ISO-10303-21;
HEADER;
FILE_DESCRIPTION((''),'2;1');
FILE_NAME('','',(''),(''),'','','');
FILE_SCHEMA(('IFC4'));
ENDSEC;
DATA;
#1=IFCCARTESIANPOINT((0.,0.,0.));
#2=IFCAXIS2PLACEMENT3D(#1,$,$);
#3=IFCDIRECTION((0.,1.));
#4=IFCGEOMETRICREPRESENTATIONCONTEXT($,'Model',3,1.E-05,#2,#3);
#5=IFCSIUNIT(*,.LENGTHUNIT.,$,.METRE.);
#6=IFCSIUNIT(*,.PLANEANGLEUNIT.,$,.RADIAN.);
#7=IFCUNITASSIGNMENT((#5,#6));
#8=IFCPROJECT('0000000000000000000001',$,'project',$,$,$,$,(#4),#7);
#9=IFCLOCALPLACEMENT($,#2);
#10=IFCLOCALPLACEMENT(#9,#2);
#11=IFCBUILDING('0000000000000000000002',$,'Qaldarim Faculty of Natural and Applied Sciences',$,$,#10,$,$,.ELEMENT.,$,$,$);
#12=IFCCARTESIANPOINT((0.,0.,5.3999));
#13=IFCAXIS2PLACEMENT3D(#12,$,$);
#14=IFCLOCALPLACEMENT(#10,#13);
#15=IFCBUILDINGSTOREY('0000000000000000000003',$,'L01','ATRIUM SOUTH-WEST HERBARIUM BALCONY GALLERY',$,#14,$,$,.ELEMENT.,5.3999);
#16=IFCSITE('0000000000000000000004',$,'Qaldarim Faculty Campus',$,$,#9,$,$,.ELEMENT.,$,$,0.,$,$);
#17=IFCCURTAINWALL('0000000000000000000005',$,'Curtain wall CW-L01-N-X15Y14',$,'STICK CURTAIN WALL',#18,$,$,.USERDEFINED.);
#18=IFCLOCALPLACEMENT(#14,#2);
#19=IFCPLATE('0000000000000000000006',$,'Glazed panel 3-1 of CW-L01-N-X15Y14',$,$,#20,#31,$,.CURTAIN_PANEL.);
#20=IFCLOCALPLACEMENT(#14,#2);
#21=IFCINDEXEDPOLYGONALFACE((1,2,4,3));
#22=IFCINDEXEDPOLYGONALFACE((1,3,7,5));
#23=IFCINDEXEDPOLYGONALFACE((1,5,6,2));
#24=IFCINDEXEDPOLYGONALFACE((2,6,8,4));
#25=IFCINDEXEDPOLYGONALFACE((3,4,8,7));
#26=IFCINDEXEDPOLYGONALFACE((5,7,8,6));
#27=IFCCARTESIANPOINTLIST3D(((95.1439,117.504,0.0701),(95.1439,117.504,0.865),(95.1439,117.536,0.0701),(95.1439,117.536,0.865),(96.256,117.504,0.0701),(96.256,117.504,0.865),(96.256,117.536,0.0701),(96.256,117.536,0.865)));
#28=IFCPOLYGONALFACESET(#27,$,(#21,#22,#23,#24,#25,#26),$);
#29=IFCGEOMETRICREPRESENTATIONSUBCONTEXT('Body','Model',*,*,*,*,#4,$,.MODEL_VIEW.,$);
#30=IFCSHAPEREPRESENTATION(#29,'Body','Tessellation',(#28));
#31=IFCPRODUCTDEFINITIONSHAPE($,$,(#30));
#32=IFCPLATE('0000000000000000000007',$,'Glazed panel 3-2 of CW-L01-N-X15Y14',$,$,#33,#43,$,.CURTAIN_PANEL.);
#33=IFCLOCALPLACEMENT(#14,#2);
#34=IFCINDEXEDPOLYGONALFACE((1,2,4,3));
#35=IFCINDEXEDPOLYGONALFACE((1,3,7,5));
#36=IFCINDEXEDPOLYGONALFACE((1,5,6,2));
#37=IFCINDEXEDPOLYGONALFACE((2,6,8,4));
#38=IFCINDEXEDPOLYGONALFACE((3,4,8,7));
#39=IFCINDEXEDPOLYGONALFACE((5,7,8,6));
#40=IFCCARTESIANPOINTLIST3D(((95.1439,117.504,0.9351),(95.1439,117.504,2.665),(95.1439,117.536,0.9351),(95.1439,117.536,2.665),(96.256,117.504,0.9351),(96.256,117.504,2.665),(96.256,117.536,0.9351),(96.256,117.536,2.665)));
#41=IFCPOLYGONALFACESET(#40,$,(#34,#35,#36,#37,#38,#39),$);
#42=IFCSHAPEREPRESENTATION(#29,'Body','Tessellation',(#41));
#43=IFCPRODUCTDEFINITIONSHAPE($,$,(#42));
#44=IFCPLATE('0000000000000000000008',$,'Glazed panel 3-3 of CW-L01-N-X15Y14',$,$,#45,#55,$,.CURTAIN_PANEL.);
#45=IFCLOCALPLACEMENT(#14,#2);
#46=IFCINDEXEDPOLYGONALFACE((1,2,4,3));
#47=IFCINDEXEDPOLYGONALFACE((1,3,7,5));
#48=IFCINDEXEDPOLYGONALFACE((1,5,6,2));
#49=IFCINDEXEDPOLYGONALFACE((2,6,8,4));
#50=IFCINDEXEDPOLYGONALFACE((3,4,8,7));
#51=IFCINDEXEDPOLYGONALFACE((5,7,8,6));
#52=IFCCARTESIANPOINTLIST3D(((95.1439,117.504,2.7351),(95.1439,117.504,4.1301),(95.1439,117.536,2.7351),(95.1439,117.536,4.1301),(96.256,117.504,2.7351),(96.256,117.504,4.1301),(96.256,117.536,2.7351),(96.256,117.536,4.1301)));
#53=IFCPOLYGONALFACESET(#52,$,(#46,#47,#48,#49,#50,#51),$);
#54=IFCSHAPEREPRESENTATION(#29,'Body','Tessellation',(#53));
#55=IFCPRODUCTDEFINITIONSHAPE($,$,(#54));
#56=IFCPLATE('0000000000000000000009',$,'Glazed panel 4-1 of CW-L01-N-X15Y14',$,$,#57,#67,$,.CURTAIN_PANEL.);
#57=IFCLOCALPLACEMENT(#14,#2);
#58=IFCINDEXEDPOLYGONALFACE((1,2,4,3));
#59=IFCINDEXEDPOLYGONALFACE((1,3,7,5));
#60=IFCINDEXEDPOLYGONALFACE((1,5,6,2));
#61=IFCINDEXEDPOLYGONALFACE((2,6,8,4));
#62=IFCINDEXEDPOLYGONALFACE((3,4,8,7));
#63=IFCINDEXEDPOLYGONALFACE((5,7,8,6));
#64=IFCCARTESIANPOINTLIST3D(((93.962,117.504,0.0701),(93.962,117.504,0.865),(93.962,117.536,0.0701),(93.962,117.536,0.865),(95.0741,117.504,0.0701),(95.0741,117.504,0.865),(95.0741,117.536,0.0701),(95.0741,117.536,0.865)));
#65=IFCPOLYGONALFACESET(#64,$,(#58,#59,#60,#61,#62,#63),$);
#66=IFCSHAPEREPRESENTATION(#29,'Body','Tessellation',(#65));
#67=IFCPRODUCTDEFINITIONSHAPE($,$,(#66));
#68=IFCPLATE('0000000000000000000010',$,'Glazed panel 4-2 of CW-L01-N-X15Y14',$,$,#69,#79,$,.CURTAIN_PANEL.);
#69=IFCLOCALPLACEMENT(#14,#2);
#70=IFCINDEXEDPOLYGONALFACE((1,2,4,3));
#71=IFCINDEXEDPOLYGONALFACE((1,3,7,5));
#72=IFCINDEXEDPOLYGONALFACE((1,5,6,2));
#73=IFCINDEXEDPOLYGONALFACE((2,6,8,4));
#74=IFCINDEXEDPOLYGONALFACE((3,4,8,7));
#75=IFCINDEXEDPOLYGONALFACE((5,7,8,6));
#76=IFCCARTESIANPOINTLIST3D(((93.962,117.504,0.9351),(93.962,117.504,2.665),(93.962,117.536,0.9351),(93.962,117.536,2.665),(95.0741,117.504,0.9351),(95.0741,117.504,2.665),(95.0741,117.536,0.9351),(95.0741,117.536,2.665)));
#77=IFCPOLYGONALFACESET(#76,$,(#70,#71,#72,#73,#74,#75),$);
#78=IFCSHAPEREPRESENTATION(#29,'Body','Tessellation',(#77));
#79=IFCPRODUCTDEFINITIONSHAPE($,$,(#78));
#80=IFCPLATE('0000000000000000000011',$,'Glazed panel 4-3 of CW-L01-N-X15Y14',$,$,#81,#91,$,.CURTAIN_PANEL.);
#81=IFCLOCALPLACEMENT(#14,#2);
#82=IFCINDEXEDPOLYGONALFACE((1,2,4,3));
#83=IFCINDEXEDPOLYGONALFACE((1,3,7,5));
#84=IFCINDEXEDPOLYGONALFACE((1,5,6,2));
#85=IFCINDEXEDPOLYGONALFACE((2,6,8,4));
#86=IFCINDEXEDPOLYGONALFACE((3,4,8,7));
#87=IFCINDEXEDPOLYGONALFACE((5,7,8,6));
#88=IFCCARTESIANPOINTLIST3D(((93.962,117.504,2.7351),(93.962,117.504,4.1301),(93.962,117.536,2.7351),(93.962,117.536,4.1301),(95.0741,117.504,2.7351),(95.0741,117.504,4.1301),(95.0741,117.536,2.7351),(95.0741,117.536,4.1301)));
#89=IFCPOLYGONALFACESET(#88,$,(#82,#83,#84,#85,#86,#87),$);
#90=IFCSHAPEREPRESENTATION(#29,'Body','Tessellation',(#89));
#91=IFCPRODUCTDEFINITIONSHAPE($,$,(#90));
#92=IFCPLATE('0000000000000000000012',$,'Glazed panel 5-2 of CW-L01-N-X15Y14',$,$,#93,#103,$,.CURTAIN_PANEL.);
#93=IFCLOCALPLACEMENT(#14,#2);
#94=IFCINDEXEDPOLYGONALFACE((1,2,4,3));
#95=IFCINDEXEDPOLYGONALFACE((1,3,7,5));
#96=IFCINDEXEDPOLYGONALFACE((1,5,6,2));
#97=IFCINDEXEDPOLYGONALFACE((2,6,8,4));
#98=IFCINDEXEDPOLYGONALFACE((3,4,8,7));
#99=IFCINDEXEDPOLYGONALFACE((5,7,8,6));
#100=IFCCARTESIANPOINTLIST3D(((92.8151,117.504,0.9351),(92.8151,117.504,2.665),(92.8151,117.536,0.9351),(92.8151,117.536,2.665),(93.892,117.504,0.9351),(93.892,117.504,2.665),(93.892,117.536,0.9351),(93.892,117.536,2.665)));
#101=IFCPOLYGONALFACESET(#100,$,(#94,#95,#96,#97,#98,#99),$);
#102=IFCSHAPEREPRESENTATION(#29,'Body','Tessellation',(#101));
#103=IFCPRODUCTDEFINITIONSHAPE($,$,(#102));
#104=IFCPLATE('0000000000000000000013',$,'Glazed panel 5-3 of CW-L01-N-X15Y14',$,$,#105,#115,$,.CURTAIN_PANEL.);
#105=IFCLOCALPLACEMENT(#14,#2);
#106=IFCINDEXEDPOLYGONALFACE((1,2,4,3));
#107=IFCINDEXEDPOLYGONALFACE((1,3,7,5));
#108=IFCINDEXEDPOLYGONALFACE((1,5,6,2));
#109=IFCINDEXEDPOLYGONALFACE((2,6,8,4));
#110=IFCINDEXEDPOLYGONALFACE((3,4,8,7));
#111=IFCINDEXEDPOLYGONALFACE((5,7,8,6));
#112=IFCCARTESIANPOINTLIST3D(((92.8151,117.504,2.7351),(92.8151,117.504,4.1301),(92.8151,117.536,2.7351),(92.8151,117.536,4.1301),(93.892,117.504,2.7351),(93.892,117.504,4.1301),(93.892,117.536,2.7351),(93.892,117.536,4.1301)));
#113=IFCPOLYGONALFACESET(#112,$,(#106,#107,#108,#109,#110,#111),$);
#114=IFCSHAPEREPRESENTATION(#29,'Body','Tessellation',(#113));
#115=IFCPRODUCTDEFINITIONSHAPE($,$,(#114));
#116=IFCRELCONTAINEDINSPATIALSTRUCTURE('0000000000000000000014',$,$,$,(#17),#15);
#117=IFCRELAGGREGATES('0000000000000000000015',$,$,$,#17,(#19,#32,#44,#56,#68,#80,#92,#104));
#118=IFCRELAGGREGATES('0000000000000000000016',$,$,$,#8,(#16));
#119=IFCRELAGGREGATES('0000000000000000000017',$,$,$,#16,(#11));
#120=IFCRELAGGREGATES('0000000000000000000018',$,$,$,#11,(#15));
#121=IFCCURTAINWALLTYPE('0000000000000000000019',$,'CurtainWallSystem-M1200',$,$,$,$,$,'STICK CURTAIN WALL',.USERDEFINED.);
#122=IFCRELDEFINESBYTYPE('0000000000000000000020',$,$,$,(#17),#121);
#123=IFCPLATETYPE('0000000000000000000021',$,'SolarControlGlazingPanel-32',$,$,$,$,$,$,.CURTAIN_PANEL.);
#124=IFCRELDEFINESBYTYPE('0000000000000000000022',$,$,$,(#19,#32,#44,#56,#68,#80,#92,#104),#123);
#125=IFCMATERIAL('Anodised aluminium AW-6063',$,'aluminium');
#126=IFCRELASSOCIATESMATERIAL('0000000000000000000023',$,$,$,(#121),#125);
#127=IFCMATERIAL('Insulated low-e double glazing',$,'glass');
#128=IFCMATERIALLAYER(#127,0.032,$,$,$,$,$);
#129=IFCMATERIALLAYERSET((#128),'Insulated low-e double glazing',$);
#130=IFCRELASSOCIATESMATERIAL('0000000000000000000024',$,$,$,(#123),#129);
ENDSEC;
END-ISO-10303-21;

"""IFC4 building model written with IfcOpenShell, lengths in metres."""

from ifc_helpers import new_model, si_unit, direction, frame, origin, origin_2d, place, context, subcontext, project, spatial, rectangle, extrude, material, layer, layer_set, type_object, element, aggregate, save


model = new_model("IFC4")

# Units and contexts
model_context = context("Model", 3, precision=1e-05, world=origin(), true_north=direction((0.0, 1.0)))
body_context = subcontext(model_context, "Body", "Model", "MODEL_VIEW")
ifc_project = project(units=[si_unit("LENGTHUNIT", "METRE"), si_unit("PLANEANGLEUNIT", "RADIAN")], contexts=[model_context])

# Site, building, storey
site_placement = place(None, origin())
site = spatial("IfcSite", under=ifc_project, at=site_placement, Name="Qaldarim Faculty Campus", CompositionType="ELEMENT", RefElevation=0.0)
building_placement = place(site_placement, origin())
building = spatial("IfcBuilding", under=site, at=building_placement, Name="Qaldarim Faculty of Natural and Applied Sciences", CompositionType="ELEMENT")
storey_placement = place(building_placement, frame((0.0, 0.0, 5.3999)))
storey = spatial("IfcBuildingStorey", under=building, at=storey_placement, Name="L01", Description="ATRIUM SOUTH-WEST HERBARIUM BALCONY GALLERY", CompositionType="ELEMENT", Elevation=5.3999)

# Curtain wall, plates
ifc_material_1 = material(Name="Anodised aluminium AW-6063", Category="aluminium")
curtain_wall_type = type_object("IfcCurtainWallType", Name="CurtainWallSystem-M1200", ElementType="STICK CURTAIN WALL", PredefinedType="USERDEFINED", material=ifc_material_1)
curtain_wall_placement = place(storey_placement, origin())
curtain_wall = element("IfcCurtainWall", 1, at=curtain_wall_placement, inside=storey, type_object=curtain_wall_type, Name="Curtain wall CW-L01-N-X15Y14", ObjectType="STICK CURTAIN WALL", PredefinedType="USERDEFINED")
ifc_material_2 = material(Name="Insulated low-e double glazing", Category="glass")
ifc_layer = layer(ifc_material_2, 0.032)
ifc_layer_set = layer_set([ifc_layer], Name="Insulated low-e double glazing")
plate_type = type_object("IfcPlateType", Name="SolarControlGlazingPanel-32", PredefinedType="CURTAIN_PANEL", material=ifc_layer_set)
plate_1_placement = place(storey_placement, frame((95.7, 117.52, 0.0701), z_axis=(0.0, 0.0, 1.0), x_axis=(-1.0, 0.0, 0.0)))
plate_1 = element("IfcPlate", 2, at=plate_1_placement, type_object=plate_type, Name="Glazed panel 3-1 of CW-L01-N-X15Y14", PredefinedType="CURTAIN_PANEL", context=body_context, shape_type="SweptSolid", body=[
    extrude(rectangle(XDim=1.1121, YDim=0.032, at=origin_2d()), origin(), (0.0, 0.0, 1.0), 0.7949),
])
plate_2_placement = place(storey_placement, frame((95.7, 117.52, 0.9351), z_axis=(0.0, 0.0, 1.0), x_axis=(-1.0, 0.0, 0.0)))
plate_2 = element("IfcPlate", 3, at=plate_2_placement, type_object=plate_type, Name="Glazed panel 3-2 of CW-L01-N-X15Y14", PredefinedType="CURTAIN_PANEL", context=body_context, shape_type="SweptSolid", body=[
    extrude(rectangle(XDim=1.1121, YDim=0.032, at=origin_2d()), origin(), (0.0, 0.0, 1.0), 1.73),
])
plate_3_placement = place(storey_placement, frame((95.7, 117.52, 2.7351), z_axis=(0.0, 0.0, 1.0), x_axis=(-1.0, 0.0, 0.0)))
plate_3 = element("IfcPlate", 4, at=plate_3_placement, type_object=plate_type, Name="Glazed panel 3-3 of CW-L01-N-X15Y14", PredefinedType="CURTAIN_PANEL", context=body_context, shape_type="SweptSolid", body=[
    extrude(rectangle(XDim=1.1121, YDim=0.032, at=origin_2d()), origin(), (0.0, 0.0, 1.0), 1.395),
])
plate_4_placement = place(storey_placement, frame((94.5181, 117.52, 0.0701), z_axis=(0.0, 0.0, 1.0), x_axis=(-1.0, 0.0, 0.0)))
plate_4 = element("IfcPlate", 5, at=plate_4_placement, type_object=plate_type, Name="Glazed panel 4-1 of CW-L01-N-X15Y14", PredefinedType="CURTAIN_PANEL", context=body_context, shape_type="SweptSolid", body=[
    extrude(rectangle(XDim=1.1121, YDim=0.032, at=origin_2d()), origin(), (0.0, 0.0, 1.0), 0.7949),
])
plate_5_placement = place(storey_placement, frame((94.5181, 117.52, 0.9351), z_axis=(0.0, 0.0, 1.0), x_axis=(-1.0, 0.0, 0.0)))
plate_5 = element("IfcPlate", 6, at=plate_5_placement, type_object=plate_type, Name="Glazed panel 4-2 of CW-L01-N-X15Y14", PredefinedType="CURTAIN_PANEL", context=body_context, shape_type="SweptSolid", body=[
    extrude(rectangle(XDim=1.1121, YDim=0.032, at=origin_2d()), origin(), (0.0, 0.0, 1.0), 1.73),
])
plate_6_placement = place(storey_placement, frame((94.5181, 117.52, 2.7351), z_axis=(0.0, 0.0, 1.0), x_axis=(-1.0, 0.0, 0.0)))
plate_6 = element("IfcPlate", 7, at=plate_6_placement, type_object=plate_type, Name="Glazed panel 4-3 of CW-L01-N-X15Y14", PredefinedType="CURTAIN_PANEL", context=body_context, shape_type="SweptSolid", body=[
    extrude(rectangle(XDim=1.1121, YDim=0.032, at=origin_2d()), origin(), (0.0, 0.0, 1.0), 1.395),
])
plate_7_placement = place(storey_placement, frame((93.3535, 117.52, 0.9351), z_axis=(0.0, 0.0, 1.0), x_axis=(-1.0, 0.0, 0.0)))
plate_7 = element("IfcPlate", 8, at=plate_7_placement, type_object=plate_type, Name="Glazed panel 5-2 of CW-L01-N-X15Y14", PredefinedType="CURTAIN_PANEL", context=body_context, shape_type="SweptSolid", body=[
    extrude(rectangle(XDim=1.0769, YDim=0.032, at=origin_2d()), origin(), (0.0, 0.0, 1.0), 1.73),
])
plate_8_placement = place(storey_placement, frame((93.3535, 117.52, 2.7351), z_axis=(0.0, 0.0, 1.0), x_axis=(-1.0, 0.0, 0.0)))
plate_8 = element("IfcPlate", 9, at=plate_8_placement, type_object=plate_type, Name="Glazed panel 5-3 of CW-L01-N-X15Y14", PredefinedType="CURTAIN_PANEL", context=body_context, shape_type="SweptSolid", body=[
    extrude(rectangle(XDim=1.0769, YDim=0.032, at=origin_2d()), origin(), (0.0, 0.0, 1.0), 1.395),
])
aggregate(curtain_wall, [plate_1, plate_2, plate_3, plate_4, plate_5, plate_6, plate_7, plate_8])

save(model, "model.ifc")
